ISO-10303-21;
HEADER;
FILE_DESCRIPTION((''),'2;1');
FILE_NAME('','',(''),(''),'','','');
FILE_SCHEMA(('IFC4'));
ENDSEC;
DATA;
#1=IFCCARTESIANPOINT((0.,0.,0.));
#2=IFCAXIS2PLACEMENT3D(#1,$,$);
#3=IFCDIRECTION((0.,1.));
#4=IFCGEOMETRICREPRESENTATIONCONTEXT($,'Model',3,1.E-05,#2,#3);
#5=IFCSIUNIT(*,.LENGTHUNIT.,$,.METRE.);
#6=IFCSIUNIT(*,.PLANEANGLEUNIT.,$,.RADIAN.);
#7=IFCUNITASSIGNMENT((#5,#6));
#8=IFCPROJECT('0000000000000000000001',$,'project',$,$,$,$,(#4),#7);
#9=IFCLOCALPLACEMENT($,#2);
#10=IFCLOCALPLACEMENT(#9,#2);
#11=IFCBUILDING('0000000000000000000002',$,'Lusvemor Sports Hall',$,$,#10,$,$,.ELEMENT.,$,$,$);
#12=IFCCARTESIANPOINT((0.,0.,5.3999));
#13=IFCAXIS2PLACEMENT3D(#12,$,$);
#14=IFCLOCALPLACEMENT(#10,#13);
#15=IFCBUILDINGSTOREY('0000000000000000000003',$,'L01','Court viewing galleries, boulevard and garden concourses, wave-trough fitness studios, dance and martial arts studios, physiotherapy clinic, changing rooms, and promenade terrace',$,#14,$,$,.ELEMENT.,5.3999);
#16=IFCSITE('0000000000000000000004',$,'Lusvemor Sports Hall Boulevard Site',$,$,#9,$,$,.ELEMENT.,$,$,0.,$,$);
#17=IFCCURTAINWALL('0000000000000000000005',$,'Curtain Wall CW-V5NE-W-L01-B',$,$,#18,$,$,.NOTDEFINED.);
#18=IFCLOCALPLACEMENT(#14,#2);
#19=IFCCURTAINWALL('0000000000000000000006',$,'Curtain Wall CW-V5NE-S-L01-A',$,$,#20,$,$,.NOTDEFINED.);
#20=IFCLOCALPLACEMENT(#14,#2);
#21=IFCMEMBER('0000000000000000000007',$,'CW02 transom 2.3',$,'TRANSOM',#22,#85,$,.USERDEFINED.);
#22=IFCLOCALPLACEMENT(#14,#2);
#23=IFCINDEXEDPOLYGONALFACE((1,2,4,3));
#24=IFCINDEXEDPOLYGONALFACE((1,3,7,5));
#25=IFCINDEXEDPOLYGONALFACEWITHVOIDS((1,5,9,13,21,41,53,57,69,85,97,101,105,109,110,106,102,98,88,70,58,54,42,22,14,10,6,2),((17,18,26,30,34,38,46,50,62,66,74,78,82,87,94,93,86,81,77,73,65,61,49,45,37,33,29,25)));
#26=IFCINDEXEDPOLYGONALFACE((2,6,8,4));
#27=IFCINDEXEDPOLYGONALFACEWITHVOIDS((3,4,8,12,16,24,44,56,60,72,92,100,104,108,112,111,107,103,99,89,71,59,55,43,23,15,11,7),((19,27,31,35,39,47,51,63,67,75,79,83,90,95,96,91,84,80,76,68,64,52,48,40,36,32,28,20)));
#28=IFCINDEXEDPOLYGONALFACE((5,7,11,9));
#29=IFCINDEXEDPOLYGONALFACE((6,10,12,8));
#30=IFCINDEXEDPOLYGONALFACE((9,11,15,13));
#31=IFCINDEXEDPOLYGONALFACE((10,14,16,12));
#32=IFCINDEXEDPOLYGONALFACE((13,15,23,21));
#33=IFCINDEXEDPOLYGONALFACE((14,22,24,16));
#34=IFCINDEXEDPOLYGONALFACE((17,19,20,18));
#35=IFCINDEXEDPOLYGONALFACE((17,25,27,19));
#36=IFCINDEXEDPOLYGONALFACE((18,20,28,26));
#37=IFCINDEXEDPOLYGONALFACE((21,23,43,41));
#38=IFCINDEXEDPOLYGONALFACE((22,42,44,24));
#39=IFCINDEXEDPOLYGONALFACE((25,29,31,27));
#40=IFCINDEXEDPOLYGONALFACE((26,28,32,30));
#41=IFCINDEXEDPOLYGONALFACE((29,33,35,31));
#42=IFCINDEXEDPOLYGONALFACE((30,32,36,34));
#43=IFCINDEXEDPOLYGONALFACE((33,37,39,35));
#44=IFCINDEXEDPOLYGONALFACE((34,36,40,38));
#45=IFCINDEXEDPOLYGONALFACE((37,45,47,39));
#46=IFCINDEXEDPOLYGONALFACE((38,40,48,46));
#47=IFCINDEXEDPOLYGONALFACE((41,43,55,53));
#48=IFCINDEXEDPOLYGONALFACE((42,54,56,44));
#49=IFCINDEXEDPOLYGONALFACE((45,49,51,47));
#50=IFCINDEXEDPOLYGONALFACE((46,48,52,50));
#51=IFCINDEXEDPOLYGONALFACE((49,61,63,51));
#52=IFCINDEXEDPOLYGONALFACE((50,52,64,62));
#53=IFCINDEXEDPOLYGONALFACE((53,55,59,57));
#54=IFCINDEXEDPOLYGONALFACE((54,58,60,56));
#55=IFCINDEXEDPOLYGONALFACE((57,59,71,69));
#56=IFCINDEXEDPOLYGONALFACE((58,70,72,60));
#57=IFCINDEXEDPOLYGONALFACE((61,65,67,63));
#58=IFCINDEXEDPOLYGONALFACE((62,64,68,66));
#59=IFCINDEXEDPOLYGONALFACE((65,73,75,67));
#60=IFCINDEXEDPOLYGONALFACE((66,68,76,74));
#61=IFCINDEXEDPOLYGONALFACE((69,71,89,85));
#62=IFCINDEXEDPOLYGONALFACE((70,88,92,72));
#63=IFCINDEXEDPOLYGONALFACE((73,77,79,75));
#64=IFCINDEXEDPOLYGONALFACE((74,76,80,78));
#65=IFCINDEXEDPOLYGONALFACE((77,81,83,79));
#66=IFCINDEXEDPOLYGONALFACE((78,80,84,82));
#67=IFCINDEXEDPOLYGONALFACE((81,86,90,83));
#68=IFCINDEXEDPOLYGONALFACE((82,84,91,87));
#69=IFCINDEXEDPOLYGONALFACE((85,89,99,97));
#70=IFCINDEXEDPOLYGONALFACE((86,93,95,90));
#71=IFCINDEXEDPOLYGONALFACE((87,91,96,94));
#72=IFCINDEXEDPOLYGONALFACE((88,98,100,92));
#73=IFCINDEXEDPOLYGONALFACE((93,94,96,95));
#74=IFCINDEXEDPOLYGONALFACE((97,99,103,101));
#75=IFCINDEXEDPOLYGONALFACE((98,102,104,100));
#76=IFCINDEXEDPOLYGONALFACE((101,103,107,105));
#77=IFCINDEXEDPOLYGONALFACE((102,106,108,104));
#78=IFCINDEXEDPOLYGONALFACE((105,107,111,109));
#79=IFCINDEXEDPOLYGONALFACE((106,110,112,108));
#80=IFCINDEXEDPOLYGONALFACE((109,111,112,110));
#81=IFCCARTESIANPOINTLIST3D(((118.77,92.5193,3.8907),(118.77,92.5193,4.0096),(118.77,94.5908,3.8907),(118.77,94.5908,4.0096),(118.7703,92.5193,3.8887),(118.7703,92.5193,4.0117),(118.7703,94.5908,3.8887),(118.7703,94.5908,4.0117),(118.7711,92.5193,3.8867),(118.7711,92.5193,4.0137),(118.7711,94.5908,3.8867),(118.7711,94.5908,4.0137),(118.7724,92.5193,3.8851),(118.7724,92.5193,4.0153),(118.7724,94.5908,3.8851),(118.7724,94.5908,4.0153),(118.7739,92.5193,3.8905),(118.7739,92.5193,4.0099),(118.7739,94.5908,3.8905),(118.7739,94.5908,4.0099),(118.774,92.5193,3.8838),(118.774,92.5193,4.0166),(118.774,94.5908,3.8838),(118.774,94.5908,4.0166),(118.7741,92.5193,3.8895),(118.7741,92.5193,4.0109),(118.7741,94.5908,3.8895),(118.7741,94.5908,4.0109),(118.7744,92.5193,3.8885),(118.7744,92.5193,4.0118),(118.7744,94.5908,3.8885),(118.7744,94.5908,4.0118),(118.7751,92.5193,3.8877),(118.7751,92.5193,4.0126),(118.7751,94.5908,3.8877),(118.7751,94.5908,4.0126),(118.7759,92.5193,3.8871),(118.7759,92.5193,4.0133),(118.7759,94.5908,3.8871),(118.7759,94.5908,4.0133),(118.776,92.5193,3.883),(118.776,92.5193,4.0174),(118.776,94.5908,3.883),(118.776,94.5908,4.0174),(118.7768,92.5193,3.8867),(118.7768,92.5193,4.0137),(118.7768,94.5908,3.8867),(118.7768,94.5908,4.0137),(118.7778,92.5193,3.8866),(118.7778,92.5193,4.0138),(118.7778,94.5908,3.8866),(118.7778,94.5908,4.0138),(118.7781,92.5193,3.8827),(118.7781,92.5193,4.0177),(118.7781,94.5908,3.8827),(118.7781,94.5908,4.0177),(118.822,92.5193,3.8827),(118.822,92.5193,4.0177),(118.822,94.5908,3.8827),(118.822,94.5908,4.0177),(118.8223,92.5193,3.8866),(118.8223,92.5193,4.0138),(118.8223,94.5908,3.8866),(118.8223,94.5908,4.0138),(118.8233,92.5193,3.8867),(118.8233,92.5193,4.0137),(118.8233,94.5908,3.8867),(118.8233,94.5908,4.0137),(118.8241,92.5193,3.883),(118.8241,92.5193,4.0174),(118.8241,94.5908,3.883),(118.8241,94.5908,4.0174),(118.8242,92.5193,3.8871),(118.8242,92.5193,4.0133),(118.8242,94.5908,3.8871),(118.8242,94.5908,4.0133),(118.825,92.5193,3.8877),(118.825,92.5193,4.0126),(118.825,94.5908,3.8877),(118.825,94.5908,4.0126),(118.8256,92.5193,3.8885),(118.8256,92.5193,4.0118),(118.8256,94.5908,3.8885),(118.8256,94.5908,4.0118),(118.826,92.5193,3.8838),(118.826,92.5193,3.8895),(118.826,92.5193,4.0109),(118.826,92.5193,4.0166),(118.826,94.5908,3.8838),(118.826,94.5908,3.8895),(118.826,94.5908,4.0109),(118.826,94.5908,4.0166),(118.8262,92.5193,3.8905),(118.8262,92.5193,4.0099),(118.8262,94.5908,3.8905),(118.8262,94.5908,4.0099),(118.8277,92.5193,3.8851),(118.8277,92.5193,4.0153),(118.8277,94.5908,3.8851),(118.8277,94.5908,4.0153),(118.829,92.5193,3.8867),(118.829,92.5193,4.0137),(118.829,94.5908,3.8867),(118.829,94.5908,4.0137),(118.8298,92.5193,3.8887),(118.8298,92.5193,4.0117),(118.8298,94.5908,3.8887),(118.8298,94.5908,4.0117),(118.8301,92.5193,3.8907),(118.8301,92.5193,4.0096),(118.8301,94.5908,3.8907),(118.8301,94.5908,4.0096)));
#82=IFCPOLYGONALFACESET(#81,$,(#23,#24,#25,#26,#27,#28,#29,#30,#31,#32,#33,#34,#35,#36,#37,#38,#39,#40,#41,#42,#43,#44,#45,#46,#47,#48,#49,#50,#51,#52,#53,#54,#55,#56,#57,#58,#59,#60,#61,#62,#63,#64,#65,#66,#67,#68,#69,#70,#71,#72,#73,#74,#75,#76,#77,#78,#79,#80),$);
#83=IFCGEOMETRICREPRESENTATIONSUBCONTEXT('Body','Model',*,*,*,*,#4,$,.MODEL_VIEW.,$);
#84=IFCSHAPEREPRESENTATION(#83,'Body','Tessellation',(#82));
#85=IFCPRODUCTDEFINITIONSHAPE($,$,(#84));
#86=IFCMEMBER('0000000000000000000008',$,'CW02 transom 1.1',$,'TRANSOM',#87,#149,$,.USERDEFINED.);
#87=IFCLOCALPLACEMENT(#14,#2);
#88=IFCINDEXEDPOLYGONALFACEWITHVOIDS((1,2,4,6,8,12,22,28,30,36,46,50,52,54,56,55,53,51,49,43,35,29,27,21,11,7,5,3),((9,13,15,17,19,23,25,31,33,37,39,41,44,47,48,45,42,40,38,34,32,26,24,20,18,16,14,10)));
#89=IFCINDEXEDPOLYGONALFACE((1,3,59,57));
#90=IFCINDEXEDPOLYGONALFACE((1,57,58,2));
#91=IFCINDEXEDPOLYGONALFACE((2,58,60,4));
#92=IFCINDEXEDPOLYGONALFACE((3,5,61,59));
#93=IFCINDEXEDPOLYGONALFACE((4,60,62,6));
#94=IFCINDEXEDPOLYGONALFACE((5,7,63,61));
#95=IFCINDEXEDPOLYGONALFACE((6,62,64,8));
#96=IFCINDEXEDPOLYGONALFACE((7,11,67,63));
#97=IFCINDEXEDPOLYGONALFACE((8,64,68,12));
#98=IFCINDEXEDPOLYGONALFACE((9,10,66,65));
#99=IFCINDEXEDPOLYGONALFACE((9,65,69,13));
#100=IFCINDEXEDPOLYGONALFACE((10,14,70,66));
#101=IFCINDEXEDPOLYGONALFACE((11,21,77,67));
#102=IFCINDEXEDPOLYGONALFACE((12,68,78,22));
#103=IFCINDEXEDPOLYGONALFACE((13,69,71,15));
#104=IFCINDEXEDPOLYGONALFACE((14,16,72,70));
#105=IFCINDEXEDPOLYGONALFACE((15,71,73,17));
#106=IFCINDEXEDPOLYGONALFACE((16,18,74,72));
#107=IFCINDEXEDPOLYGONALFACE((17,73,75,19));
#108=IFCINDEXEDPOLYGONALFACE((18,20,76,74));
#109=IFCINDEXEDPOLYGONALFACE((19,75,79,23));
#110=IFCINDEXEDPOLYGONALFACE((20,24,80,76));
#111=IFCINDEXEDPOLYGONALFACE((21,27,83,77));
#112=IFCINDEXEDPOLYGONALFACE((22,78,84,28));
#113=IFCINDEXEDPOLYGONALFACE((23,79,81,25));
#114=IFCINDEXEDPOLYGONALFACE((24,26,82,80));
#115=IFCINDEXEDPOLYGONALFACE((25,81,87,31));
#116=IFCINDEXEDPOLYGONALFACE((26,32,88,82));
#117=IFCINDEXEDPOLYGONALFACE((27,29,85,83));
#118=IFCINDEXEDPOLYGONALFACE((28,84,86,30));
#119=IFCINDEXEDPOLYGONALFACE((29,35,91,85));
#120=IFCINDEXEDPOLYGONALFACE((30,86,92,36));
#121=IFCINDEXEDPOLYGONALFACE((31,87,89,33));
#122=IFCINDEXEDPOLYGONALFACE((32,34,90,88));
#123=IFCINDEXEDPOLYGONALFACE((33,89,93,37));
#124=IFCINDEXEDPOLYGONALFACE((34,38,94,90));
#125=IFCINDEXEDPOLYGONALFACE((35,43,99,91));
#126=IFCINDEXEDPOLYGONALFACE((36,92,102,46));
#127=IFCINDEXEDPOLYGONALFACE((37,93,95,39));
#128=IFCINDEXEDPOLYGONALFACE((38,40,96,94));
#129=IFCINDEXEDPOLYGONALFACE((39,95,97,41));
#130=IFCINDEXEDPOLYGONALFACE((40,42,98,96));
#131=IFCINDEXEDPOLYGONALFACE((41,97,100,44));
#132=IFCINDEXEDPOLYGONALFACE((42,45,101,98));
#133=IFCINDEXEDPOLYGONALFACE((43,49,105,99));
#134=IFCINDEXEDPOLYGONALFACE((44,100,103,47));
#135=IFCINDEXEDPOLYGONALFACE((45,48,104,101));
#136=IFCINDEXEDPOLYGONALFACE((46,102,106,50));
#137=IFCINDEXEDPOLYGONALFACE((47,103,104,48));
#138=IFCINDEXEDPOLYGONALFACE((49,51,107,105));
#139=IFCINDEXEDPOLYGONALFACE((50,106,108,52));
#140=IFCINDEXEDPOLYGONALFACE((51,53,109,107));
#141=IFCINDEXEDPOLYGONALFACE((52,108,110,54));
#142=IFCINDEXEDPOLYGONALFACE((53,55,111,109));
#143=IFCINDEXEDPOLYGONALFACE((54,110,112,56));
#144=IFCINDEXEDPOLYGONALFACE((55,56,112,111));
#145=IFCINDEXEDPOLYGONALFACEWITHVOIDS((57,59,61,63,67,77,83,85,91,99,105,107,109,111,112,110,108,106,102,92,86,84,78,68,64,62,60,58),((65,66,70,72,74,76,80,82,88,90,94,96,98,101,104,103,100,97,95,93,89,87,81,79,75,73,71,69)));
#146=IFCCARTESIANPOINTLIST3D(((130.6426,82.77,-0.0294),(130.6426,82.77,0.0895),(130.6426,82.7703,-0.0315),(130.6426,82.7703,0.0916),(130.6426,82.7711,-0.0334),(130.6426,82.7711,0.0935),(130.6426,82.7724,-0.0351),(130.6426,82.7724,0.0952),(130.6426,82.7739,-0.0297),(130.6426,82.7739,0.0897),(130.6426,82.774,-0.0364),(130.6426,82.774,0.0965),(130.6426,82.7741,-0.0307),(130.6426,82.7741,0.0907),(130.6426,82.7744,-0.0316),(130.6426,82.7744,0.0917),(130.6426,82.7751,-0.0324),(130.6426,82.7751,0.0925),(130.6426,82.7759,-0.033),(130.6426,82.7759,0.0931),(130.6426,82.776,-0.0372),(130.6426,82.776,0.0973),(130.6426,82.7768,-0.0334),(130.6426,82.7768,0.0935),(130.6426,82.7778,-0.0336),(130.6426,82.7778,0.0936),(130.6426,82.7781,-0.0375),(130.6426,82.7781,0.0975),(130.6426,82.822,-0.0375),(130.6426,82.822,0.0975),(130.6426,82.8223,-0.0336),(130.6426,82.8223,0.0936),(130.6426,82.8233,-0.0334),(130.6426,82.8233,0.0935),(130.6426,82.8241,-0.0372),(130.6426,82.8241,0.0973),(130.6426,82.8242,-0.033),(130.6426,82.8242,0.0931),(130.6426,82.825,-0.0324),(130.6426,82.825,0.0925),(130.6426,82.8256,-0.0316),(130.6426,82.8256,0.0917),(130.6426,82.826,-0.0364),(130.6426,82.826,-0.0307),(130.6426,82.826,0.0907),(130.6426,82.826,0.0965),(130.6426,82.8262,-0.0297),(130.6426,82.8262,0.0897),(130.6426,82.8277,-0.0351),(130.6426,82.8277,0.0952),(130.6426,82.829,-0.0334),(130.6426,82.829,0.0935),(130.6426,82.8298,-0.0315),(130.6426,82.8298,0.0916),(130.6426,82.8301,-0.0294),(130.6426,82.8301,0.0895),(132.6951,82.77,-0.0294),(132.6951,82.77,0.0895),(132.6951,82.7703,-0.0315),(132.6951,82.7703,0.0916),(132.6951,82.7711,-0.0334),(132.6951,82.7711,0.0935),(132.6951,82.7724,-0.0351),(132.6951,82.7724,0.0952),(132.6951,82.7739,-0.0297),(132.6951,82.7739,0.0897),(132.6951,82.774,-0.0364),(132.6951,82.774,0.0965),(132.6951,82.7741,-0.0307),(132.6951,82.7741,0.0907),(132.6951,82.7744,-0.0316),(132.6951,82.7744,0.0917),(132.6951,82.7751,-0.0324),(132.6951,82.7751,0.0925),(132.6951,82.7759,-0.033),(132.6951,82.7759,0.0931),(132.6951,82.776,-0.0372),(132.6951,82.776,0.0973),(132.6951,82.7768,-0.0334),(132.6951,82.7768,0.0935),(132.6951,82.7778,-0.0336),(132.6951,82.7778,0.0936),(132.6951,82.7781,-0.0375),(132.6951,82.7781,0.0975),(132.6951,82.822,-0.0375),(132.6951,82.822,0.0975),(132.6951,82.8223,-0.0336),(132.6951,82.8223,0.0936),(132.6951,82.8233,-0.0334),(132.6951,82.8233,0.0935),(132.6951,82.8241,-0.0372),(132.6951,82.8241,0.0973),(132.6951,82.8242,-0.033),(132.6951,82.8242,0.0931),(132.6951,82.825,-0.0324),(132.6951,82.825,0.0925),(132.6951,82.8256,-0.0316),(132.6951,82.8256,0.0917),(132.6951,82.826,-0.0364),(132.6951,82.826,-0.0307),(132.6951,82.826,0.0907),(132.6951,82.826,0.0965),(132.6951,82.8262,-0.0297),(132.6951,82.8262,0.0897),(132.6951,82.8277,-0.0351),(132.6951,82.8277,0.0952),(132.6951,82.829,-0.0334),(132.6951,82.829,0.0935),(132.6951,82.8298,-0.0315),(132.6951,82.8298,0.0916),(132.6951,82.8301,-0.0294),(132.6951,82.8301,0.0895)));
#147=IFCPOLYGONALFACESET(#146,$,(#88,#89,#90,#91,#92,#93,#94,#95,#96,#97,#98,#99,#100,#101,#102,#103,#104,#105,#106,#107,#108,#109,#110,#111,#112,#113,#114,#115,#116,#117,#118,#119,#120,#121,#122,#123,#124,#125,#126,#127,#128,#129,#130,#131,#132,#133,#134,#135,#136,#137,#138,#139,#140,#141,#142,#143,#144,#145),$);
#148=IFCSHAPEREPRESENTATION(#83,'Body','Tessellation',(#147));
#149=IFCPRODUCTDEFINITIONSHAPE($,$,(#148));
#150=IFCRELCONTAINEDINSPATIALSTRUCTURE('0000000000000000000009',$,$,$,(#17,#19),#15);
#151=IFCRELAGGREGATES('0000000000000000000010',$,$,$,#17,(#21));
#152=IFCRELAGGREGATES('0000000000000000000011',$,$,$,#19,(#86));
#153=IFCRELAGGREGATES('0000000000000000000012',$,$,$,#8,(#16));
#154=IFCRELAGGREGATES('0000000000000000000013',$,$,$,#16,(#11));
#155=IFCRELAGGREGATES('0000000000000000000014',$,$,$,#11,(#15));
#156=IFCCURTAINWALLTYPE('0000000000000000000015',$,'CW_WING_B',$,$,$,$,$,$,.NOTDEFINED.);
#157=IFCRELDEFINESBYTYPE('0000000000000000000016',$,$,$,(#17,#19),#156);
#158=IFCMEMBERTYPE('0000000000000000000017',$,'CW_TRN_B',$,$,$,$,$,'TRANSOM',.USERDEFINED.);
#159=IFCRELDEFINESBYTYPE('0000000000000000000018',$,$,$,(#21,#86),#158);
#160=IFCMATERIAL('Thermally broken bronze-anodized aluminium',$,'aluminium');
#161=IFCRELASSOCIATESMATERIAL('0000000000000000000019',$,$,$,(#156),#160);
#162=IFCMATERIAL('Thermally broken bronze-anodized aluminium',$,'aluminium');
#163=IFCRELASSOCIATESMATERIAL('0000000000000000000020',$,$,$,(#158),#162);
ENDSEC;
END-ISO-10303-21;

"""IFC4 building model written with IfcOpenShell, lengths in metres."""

from ifc_helpers import new_model, si_unit, direction, frame, origin, origin_2d, place, context, subcontext, project, spatial, hollow_rectangle, extrude, material, material_profile, profile_set, type_object, element, aggregate, save


model = new_model("IFC4")

# Units and contexts
model_context = context("Model", 3, precision=1e-05, world=origin(), true_north=direction((0.0, 1.0)))
body_context = subcontext(model_context, "Body", "Model", "MODEL_VIEW")
ifc_project = project(units=[si_unit("LENGTHUNIT", "METRE"), si_unit("PLANEANGLEUNIT", "RADIAN")], contexts=[model_context])

# Site, building, storey
site_placement = place(None, origin())
site = spatial("IfcSite", under=ifc_project, at=site_placement, Name="Lusvemor Sports Hall Boulevard Site", CompositionType="ELEMENT", RefElevation=0.0)
building_placement = place(site_placement, origin())
building = spatial("IfcBuilding", under=site, at=building_placement, Name="Lusvemor Sports Hall", CompositionType="ELEMENT")
storey_placement = place(building_placement, frame((0.0, 0.0, 5.3999)))
storey = spatial("IfcBuildingStorey", under=building, at=storey_placement, Name="L01", Description="Court viewing galleries, boulevard and garden concourses, wave-trough fitness studios, dance and martial arts studios, physiotherapy clinic, changing rooms, and promenade terrace", CompositionType="ELEMENT", Elevation=5.3999)

# Curtain wall
ifc_material_1 = material(Name="Thermally broken bronze-anodized aluminium", Category="aluminium")
curtain_wall_type = type_object("IfcCurtainWallType", Name="CW_WING_B", PredefinedType="NOTDEFINED", material=ifc_material_1)
curtain_wall_1_placement = place(storey_placement, origin())
curtain_wall_1 = element("IfcCurtainWall", 1, at=curtain_wall_1_placement, inside=storey, type_object=curtain_wall_type, Name="Curtain Wall CW-V5NE-W-L01-B", PredefinedType="NOTDEFINED")

# Curtain wall
curtain_wall_2_placement = place(storey_placement, origin())
curtain_wall_2 = element("IfcCurtainWall", 2, at=curtain_wall_2_placement, inside=storey, type_object=curtain_wall_type, Name="Curtain Wall CW-V5NE-S-L01-A", PredefinedType="NOTDEFINED")

# Members
ifc_material_2 = material(Name="Thermally broken bronze-anodized aluminium", Category="aluminium")
ifc_material_profile_1 = material_profile(ifc_material_2, hollow_rectangle(XDim=0.0601, YDim=0.135, WallThickness=0.0039, InnerFilletRadius=0.0039, OuterFilletRadius=0.0081, at=origin_2d()), Name="CWTRN135x60x4")
ifc_profile_set_1 = profile_set([ifc_material_profile_1], Name="Thermally broken bronze-anodized aluminium")
member_type_1 = type_object("IfcMemberType", Name="CW_TRN_B", ElementType="TRANSOM", PredefinedType="USERDEFINED", material=ifc_profile_set_1)
member_1_placement = place(storey_placement, frame((118.8, 92.5193, 3.9502), z_axis=(0.0, 1.0, 0.0), x_axis=(-1.0, 0.0, 0.0)))
member_1 = element("IfcMember", 3, at=member_1_placement, type_object=member_type_1, Name="CW02 transom 2.3", ObjectType="TRANSOM", PredefinedType="USERDEFINED", context=body_context, shape_type="SweptSolid", body=[
    extrude(hollow_rectangle(XDim=0.0601, YDim=0.135, WallThickness=0.0039, InnerFilletRadius=0.0039, OuterFilletRadius=0.0081, at=origin_2d()), origin(), (0.0, 0.0, 1.0), 2.0715),
])
member_2_placement = place(storey_placement, frame((132.6951, 82.8, 0.03), z_axis=(-1.0, 0.0, 0.0), x_axis=(0.0, -1.0, 0.0)))
member_2 = element("IfcMember", 4, at=member_2_placement, type_object=member_type_1, Name="CW02 transom 1.1", ObjectType="TRANSOM", PredefinedType="USERDEFINED", context=body_context, shape_type="SweptSolid", body=[
    extrude(hollow_rectangle(XDim=0.0601, YDim=0.135, WallThickness=0.0039, InnerFilletRadius=0.0039, OuterFilletRadius=0.0081, at=origin_2d()), origin(), (0.0, 0.0, 1.0), 2.0525),
])

aggregate(curtain_wall_1, [member_1])
aggregate(curtain_wall_2, [member_2])

save(model, "model.ifc")
